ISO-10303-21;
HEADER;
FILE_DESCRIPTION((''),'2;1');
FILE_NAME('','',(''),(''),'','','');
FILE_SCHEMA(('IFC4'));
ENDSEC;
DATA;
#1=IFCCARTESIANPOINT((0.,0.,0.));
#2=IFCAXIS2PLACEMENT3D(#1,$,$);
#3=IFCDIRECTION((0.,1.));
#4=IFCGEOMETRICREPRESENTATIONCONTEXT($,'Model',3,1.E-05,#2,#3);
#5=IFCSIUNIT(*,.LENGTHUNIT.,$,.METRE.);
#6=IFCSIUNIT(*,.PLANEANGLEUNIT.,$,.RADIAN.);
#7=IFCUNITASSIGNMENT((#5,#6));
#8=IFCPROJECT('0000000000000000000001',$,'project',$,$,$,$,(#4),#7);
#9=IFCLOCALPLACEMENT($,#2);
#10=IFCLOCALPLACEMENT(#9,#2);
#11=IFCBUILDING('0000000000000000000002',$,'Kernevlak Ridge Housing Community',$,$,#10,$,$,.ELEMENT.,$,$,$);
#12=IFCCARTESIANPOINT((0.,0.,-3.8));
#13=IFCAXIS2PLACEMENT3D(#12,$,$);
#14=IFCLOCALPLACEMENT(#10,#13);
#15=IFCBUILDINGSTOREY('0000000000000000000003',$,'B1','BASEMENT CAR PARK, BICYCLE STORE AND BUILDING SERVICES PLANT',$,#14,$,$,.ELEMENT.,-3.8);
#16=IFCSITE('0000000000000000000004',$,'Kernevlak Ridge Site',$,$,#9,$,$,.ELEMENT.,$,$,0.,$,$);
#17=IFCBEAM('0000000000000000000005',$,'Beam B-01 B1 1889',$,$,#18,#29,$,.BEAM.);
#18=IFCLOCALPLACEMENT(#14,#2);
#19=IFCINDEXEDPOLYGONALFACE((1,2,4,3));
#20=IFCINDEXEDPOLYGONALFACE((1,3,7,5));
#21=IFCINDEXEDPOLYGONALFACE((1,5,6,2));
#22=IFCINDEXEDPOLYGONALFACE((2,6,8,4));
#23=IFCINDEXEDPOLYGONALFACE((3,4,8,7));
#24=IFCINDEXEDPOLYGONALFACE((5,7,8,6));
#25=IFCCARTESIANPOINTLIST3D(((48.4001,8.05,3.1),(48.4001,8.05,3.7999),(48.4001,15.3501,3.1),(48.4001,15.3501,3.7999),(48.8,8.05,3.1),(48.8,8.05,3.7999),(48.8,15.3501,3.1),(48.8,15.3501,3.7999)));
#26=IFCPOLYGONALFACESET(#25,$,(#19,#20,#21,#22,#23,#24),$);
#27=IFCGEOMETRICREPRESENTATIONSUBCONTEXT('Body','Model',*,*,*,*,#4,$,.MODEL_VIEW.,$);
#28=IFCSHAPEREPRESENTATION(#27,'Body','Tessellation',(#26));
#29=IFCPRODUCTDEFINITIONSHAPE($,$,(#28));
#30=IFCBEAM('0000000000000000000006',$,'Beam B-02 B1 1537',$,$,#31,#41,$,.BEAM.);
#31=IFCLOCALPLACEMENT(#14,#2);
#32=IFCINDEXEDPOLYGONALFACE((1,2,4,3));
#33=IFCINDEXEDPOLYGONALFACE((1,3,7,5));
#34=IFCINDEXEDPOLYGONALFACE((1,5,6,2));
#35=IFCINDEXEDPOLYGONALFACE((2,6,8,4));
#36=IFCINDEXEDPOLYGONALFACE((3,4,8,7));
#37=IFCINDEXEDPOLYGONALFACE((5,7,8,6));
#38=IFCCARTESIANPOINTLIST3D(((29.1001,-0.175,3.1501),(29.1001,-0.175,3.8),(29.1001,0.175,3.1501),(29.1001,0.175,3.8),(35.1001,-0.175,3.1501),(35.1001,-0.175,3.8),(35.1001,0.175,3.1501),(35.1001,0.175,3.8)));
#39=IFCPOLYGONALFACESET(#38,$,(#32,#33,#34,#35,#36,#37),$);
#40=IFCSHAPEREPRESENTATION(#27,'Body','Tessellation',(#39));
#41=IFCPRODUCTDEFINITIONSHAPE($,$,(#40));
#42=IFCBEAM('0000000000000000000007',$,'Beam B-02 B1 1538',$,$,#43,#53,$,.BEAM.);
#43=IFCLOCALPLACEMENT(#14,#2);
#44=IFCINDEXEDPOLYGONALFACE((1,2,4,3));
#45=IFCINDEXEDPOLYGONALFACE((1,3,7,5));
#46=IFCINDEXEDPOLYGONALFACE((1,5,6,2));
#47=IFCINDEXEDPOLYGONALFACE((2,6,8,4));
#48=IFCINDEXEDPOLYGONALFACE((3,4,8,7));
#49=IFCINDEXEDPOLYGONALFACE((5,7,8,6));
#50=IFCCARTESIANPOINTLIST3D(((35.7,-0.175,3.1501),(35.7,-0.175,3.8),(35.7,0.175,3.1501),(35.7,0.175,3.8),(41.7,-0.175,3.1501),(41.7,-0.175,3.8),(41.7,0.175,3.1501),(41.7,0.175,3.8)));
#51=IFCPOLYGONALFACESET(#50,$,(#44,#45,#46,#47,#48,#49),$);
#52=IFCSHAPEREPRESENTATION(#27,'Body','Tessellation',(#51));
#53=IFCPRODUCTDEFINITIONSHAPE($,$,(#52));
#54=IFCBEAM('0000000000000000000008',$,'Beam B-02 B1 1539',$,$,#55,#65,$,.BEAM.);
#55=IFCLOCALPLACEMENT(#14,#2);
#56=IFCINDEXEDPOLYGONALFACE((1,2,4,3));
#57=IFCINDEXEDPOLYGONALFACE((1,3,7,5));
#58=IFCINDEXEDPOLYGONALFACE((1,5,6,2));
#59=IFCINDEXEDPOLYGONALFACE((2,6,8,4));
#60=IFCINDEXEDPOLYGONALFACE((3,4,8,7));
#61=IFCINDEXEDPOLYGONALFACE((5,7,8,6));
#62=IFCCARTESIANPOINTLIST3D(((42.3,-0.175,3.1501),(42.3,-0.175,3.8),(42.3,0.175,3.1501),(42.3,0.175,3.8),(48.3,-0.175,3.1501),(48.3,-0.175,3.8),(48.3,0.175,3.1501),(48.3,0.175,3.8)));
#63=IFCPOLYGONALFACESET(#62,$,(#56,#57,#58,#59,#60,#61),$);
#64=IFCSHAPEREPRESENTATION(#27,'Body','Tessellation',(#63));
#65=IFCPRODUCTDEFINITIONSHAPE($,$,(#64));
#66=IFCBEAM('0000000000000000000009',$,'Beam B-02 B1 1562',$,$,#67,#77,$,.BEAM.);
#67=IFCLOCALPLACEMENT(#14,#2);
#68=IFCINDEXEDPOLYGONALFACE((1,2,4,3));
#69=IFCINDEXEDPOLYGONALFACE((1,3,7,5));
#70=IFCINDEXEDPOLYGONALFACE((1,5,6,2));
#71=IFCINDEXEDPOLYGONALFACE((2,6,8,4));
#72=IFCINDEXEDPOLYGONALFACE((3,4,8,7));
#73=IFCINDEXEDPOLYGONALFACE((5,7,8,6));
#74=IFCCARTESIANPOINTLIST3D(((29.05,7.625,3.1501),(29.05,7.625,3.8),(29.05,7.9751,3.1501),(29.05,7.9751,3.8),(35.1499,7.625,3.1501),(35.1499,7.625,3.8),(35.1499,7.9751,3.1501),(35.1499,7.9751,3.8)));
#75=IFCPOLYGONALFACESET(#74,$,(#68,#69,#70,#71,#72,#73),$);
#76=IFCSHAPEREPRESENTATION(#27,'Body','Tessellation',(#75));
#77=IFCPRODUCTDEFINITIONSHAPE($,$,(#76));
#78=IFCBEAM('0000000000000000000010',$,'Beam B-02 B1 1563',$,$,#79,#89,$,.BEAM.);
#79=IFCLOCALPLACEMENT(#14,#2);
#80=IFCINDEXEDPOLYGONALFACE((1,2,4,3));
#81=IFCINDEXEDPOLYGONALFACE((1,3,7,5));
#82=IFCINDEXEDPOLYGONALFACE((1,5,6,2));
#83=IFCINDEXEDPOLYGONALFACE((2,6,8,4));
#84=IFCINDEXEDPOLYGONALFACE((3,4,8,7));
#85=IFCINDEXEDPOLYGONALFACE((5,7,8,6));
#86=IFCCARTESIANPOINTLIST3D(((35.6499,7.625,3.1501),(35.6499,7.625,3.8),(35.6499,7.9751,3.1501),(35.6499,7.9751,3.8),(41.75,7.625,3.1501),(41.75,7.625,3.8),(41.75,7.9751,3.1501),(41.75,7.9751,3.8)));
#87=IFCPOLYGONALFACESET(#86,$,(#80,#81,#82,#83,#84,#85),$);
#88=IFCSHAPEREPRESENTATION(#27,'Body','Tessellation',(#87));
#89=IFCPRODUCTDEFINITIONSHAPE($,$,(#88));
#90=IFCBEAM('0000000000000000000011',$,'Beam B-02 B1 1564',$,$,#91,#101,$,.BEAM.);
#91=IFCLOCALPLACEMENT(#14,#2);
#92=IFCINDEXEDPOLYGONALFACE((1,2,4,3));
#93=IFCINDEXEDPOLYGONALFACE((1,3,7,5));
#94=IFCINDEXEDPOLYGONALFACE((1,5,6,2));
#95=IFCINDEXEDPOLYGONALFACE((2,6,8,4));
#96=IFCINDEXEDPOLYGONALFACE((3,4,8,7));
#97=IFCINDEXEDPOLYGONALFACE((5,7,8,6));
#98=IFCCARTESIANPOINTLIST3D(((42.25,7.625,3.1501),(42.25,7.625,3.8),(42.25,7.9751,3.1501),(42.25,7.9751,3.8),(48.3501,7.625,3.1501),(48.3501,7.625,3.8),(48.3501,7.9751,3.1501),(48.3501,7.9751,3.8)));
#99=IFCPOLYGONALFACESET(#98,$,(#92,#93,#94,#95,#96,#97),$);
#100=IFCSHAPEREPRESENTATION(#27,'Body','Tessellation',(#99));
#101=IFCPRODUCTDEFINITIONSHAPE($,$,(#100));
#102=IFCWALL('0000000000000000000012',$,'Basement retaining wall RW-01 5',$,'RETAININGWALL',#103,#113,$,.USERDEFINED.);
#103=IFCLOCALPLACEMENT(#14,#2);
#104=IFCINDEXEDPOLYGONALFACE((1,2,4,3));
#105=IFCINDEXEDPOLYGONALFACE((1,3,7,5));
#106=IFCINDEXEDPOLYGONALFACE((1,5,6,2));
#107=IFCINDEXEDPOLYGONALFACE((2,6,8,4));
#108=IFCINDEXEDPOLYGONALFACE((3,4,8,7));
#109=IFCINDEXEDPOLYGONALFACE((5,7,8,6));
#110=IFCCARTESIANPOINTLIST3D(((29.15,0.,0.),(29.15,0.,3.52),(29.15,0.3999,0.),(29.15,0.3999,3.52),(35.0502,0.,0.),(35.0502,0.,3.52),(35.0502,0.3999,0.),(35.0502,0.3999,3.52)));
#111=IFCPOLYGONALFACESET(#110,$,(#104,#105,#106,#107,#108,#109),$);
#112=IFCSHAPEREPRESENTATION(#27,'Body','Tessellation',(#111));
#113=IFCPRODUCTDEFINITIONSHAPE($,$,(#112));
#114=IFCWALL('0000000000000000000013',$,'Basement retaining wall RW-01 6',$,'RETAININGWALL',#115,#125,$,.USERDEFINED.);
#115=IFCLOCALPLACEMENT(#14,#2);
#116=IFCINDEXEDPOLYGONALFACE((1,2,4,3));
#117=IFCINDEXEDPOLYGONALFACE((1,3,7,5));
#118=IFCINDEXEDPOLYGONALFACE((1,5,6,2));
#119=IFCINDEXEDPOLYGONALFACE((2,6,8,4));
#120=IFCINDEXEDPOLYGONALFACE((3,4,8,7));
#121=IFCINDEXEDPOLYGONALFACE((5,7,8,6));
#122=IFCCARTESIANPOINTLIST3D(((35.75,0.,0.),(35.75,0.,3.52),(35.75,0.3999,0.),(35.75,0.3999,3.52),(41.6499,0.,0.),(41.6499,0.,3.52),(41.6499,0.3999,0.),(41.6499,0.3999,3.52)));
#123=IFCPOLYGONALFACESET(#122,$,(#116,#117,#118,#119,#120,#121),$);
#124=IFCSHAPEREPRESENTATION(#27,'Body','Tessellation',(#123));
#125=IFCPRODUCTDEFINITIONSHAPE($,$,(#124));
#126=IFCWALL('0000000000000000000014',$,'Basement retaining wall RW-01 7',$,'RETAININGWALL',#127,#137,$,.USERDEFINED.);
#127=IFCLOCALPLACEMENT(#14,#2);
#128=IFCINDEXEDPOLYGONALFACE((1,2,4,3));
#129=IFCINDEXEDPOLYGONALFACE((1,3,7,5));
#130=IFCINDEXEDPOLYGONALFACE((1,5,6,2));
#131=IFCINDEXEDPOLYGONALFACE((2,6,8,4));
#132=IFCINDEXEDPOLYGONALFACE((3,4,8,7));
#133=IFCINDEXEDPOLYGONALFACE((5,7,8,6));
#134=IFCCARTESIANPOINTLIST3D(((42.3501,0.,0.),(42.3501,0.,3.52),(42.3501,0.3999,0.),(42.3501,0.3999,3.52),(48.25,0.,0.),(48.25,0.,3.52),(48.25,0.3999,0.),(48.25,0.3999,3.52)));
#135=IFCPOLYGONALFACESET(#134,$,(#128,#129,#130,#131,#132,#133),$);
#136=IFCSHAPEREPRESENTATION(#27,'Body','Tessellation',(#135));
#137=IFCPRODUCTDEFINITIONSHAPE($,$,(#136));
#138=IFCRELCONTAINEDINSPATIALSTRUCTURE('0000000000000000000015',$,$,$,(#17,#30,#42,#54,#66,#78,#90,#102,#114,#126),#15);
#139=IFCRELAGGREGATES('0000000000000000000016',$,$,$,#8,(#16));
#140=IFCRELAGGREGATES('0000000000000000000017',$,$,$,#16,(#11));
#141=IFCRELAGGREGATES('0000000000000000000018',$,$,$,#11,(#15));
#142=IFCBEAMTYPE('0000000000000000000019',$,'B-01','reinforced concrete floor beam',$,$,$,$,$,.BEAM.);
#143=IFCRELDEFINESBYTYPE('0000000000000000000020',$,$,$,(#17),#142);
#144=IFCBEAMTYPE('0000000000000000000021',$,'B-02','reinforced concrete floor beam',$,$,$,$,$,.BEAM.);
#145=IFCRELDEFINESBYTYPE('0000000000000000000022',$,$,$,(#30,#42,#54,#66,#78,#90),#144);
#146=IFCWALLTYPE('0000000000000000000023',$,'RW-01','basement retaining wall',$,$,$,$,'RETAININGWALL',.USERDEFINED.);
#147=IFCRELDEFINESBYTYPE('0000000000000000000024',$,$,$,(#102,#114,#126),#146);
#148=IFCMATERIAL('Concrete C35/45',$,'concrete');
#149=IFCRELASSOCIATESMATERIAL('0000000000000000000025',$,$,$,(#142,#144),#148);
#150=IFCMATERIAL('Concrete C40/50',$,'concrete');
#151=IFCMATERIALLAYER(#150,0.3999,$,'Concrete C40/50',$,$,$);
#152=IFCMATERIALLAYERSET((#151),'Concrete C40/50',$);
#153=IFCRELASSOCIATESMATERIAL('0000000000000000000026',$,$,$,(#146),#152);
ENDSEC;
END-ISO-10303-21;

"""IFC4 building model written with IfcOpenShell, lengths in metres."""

from ifc_helpers import new_model, si_unit, direction, frame, frame_2d, origin, origin_2d, place, context, subcontext, project, spatial, rectangle, extrude, material, layer, layer_set, material_profile, profile_set, type_object, element, save


model = new_model("IFC4")

# Units and contexts
model_context = context("Model", 3, precision=1e-05, world=origin(), true_north=direction((0.0, 1.0)))
body_context = subcontext(model_context, "Body", "Model", "MODEL_VIEW")
ifc_project = project(units=[si_unit("LENGTHUNIT", "METRE"), si_unit("PLANEANGLEUNIT", "RADIAN")], contexts=[model_context])

# Site, building, storey
site_placement = place(None, origin())
site = spatial("IfcSite", under=ifc_project, at=site_placement, Name="Kernevlak Ridge Site", CompositionType="ELEMENT", RefElevation=0.0)
building_placement = place(site_placement, origin())
building = spatial("IfcBuilding", under=site, at=building_placement, Name="Kernevlak Ridge Housing Community", CompositionType="ELEMENT")
storey_placement = place(building_placement, frame((0.0, 0.0, -3.8)))
storey = spatial("IfcBuildingStorey", under=building, at=storey_placement, Name="B1", Description="BASEMENT CAR PARK, BICYCLE STORE AND BUILDING SERVICES PLANT", CompositionType="ELEMENT", Elevation=-3.8)

# Shared definitions
ifc_material_1 = material(Name="Concrete C35/45", Category="concrete")

# Shared definitions
ifc_material_2 = material(Name="Concrete C40/50", Category="concrete")

# Beams
ifc_material_profile_1 = material_profile(ifc_material_1, rectangle(XDim=0.3999, YDim=0.7, at=origin_2d()), Name="RC 400x700")
ifc_profile_set_1 = profile_set([ifc_material_profile_1], Name="Concrete C35/45")
beam_type_1 = type_object("IfcBeamType", Name="B-01", Description="reinforced concrete floor beam", PredefinedType="BEAM", material=ifc_profile_set_1)
beam_1_placement = place(storey_placement, frame((48.6001, 8.05, 3.45), z_axis=(0.0, 1.0, 0.0), x_axis=(-1.0, 0.0, 0.0)))
element("IfcBeam", 1, at=beam_1_placement, inside=storey, type_object=beam_type_1, Name="Beam B-01 B1 1889", PredefinedType="BEAM", context=body_context, shape_type="SweptSolid", body=[
    extrude(rectangle(XDim=0.3999, YDim=0.7, at=origin_2d()), origin(), (0.0, 0.0, 1.0), 7.3),
])
ifc_material_profile_2 = material_profile(ifc_material_1, rectangle(XDim=0.3501, YDim=0.6499, at=origin_2d()), Name="RC 350x650")
ifc_profile_set_2 = profile_set([ifc_material_profile_2], Name="Concrete C35/45")
beam_type_2 = type_object("IfcBeamType", Name="B-02", Description="reinforced concrete floor beam", PredefinedType="BEAM", material=ifc_profile_set_2)
for number, where, z_axis, x_axis, name in (
    (2, (29.1001, 0.0, 3.4751), (1.0, 0.0, 0.0), (0.0, 1.0, 0.0), "Beam B-02 B1 1537"),
    (3, (35.7, 0.0, 3.4751), (1.0, 0.0, 0.0), (0.0, 1.0, 0.0), "Beam B-02 B1 1538"),
    (4, (42.3, 0.0, 3.4751), (1.0, 0.0, 0.0), (0.0, 1.0, 0.0), "Beam B-02 B1 1539"),
):
    element("IfcBeam", number, at=place(storey_placement, frame(where, z_axis=z_axis, x_axis=x_axis)), inside=storey, type_object=beam_type_2, Name=name, PredefinedType="BEAM", context=body_context, shape_type="SweptSolid", body=[
        extrude(rectangle(XDim=0.3501, YDim=0.6499, at=origin_2d()), origin(), (0.0, 0.0, 1.0), 6.0),
    ])
beam_2_placement = place(storey_placement, frame((29.05, 7.8, 3.4751), z_axis=(1.0, 0.0, 0.0), x_axis=(0.0, 1.0, 0.0)))
element("IfcBeam", 5, at=beam_2_placement, inside=storey, type_object=beam_type_2, Name="Beam B-02 B1 1562", PredefinedType="BEAM", context=body_context, shape_type="SweptSolid", body=[
    extrude(rectangle(XDim=0.3501, YDim=0.6499, at=origin_2d()), origin(), (0.0, 0.0, 1.0), 6.0999),
])
for number, where, z_axis, x_axis, name in (
    (6, (35.6499, 7.8, 3.4751), (1.0, 0.0, 0.0), (0.0, 1.0, 0.0), "Beam B-02 B1 1563"),
    (7, (42.25, 7.8, 3.4751), (1.0, 0.0, 0.0), (0.0, 1.0, 0.0), "Beam B-02 B1 1564"),
):
    element("IfcBeam", number, at=place(storey_placement, frame(where, z_axis=z_axis, x_axis=x_axis)), inside=storey, type_object=beam_type_2, Name=name, PredefinedType="BEAM", context=body_context, shape_type="SweptSolid", body=[
        extrude(rectangle(XDim=0.3501, YDim=0.6499, at=origin_2d()), origin(), (0.0, 0.0, 1.0), 6.1001),
    ])

# Walls
ifc_layer = layer(ifc_material_2, 0.3999, Name="Concrete C40/50")
ifc_layer_set = layer_set([ifc_layer], Name="Concrete C40/50")
wall_type = type_object("IfcWallType", Name="RW-01", Description="basement retaining wall", ElementType="RETAININGWALL", PredefinedType="USERDEFINED", material=ifc_layer_set)
wall_placement = place(storey_placement, frame((29.1499, 0.2, 0.0), z_axis=(0.0, 0.0, 1.0), x_axis=(1.0, 0.0, 0.0)))
element("IfcWall", 8, at=wall_placement, inside=storey, type_object=wall_type, Name="Basement retaining wall RW-01 5", ObjectType="RETAININGWALL", PredefinedType="USERDEFINED", context=body_context, shape_type="SweptSolid", body=[
    extrude(rectangle(XDim=5.9001, YDim=0.3999, at=frame_2d((2.9502, 0.0))), origin(), (0.0, 0.0, 1.0), 3.52),
])
for number, where, z_axis, x_axis, name in (
    (9, (35.75, 0.2, 0.0), (0.0, 0.0, 1.0), (1.0, 0.0, 0.0), "Basement retaining wall RW-01 6"),
    (10, (42.3501, 0.2, 0.0), (0.0, 0.0, 1.0), (1.0, 0.0, 0.0), "Basement retaining wall RW-01 7"),
):
    element("IfcWall", number, at=place(storey_placement, frame(where, z_axis=z_axis, x_axis=x_axis)), inside=storey, type_object=wall_type, Name=name, ObjectType="RETAININGWALL", PredefinedType="USERDEFINED", context=body_context, shape_type="SweptSolid", body=[
        extrude(rectangle(XDim=5.8999, YDim=0.3999, at=frame_2d((2.95, 0.0))), origin(), (0.0, 0.0, 1.0), 3.52),
    ])

save(model, "model.ifc")
